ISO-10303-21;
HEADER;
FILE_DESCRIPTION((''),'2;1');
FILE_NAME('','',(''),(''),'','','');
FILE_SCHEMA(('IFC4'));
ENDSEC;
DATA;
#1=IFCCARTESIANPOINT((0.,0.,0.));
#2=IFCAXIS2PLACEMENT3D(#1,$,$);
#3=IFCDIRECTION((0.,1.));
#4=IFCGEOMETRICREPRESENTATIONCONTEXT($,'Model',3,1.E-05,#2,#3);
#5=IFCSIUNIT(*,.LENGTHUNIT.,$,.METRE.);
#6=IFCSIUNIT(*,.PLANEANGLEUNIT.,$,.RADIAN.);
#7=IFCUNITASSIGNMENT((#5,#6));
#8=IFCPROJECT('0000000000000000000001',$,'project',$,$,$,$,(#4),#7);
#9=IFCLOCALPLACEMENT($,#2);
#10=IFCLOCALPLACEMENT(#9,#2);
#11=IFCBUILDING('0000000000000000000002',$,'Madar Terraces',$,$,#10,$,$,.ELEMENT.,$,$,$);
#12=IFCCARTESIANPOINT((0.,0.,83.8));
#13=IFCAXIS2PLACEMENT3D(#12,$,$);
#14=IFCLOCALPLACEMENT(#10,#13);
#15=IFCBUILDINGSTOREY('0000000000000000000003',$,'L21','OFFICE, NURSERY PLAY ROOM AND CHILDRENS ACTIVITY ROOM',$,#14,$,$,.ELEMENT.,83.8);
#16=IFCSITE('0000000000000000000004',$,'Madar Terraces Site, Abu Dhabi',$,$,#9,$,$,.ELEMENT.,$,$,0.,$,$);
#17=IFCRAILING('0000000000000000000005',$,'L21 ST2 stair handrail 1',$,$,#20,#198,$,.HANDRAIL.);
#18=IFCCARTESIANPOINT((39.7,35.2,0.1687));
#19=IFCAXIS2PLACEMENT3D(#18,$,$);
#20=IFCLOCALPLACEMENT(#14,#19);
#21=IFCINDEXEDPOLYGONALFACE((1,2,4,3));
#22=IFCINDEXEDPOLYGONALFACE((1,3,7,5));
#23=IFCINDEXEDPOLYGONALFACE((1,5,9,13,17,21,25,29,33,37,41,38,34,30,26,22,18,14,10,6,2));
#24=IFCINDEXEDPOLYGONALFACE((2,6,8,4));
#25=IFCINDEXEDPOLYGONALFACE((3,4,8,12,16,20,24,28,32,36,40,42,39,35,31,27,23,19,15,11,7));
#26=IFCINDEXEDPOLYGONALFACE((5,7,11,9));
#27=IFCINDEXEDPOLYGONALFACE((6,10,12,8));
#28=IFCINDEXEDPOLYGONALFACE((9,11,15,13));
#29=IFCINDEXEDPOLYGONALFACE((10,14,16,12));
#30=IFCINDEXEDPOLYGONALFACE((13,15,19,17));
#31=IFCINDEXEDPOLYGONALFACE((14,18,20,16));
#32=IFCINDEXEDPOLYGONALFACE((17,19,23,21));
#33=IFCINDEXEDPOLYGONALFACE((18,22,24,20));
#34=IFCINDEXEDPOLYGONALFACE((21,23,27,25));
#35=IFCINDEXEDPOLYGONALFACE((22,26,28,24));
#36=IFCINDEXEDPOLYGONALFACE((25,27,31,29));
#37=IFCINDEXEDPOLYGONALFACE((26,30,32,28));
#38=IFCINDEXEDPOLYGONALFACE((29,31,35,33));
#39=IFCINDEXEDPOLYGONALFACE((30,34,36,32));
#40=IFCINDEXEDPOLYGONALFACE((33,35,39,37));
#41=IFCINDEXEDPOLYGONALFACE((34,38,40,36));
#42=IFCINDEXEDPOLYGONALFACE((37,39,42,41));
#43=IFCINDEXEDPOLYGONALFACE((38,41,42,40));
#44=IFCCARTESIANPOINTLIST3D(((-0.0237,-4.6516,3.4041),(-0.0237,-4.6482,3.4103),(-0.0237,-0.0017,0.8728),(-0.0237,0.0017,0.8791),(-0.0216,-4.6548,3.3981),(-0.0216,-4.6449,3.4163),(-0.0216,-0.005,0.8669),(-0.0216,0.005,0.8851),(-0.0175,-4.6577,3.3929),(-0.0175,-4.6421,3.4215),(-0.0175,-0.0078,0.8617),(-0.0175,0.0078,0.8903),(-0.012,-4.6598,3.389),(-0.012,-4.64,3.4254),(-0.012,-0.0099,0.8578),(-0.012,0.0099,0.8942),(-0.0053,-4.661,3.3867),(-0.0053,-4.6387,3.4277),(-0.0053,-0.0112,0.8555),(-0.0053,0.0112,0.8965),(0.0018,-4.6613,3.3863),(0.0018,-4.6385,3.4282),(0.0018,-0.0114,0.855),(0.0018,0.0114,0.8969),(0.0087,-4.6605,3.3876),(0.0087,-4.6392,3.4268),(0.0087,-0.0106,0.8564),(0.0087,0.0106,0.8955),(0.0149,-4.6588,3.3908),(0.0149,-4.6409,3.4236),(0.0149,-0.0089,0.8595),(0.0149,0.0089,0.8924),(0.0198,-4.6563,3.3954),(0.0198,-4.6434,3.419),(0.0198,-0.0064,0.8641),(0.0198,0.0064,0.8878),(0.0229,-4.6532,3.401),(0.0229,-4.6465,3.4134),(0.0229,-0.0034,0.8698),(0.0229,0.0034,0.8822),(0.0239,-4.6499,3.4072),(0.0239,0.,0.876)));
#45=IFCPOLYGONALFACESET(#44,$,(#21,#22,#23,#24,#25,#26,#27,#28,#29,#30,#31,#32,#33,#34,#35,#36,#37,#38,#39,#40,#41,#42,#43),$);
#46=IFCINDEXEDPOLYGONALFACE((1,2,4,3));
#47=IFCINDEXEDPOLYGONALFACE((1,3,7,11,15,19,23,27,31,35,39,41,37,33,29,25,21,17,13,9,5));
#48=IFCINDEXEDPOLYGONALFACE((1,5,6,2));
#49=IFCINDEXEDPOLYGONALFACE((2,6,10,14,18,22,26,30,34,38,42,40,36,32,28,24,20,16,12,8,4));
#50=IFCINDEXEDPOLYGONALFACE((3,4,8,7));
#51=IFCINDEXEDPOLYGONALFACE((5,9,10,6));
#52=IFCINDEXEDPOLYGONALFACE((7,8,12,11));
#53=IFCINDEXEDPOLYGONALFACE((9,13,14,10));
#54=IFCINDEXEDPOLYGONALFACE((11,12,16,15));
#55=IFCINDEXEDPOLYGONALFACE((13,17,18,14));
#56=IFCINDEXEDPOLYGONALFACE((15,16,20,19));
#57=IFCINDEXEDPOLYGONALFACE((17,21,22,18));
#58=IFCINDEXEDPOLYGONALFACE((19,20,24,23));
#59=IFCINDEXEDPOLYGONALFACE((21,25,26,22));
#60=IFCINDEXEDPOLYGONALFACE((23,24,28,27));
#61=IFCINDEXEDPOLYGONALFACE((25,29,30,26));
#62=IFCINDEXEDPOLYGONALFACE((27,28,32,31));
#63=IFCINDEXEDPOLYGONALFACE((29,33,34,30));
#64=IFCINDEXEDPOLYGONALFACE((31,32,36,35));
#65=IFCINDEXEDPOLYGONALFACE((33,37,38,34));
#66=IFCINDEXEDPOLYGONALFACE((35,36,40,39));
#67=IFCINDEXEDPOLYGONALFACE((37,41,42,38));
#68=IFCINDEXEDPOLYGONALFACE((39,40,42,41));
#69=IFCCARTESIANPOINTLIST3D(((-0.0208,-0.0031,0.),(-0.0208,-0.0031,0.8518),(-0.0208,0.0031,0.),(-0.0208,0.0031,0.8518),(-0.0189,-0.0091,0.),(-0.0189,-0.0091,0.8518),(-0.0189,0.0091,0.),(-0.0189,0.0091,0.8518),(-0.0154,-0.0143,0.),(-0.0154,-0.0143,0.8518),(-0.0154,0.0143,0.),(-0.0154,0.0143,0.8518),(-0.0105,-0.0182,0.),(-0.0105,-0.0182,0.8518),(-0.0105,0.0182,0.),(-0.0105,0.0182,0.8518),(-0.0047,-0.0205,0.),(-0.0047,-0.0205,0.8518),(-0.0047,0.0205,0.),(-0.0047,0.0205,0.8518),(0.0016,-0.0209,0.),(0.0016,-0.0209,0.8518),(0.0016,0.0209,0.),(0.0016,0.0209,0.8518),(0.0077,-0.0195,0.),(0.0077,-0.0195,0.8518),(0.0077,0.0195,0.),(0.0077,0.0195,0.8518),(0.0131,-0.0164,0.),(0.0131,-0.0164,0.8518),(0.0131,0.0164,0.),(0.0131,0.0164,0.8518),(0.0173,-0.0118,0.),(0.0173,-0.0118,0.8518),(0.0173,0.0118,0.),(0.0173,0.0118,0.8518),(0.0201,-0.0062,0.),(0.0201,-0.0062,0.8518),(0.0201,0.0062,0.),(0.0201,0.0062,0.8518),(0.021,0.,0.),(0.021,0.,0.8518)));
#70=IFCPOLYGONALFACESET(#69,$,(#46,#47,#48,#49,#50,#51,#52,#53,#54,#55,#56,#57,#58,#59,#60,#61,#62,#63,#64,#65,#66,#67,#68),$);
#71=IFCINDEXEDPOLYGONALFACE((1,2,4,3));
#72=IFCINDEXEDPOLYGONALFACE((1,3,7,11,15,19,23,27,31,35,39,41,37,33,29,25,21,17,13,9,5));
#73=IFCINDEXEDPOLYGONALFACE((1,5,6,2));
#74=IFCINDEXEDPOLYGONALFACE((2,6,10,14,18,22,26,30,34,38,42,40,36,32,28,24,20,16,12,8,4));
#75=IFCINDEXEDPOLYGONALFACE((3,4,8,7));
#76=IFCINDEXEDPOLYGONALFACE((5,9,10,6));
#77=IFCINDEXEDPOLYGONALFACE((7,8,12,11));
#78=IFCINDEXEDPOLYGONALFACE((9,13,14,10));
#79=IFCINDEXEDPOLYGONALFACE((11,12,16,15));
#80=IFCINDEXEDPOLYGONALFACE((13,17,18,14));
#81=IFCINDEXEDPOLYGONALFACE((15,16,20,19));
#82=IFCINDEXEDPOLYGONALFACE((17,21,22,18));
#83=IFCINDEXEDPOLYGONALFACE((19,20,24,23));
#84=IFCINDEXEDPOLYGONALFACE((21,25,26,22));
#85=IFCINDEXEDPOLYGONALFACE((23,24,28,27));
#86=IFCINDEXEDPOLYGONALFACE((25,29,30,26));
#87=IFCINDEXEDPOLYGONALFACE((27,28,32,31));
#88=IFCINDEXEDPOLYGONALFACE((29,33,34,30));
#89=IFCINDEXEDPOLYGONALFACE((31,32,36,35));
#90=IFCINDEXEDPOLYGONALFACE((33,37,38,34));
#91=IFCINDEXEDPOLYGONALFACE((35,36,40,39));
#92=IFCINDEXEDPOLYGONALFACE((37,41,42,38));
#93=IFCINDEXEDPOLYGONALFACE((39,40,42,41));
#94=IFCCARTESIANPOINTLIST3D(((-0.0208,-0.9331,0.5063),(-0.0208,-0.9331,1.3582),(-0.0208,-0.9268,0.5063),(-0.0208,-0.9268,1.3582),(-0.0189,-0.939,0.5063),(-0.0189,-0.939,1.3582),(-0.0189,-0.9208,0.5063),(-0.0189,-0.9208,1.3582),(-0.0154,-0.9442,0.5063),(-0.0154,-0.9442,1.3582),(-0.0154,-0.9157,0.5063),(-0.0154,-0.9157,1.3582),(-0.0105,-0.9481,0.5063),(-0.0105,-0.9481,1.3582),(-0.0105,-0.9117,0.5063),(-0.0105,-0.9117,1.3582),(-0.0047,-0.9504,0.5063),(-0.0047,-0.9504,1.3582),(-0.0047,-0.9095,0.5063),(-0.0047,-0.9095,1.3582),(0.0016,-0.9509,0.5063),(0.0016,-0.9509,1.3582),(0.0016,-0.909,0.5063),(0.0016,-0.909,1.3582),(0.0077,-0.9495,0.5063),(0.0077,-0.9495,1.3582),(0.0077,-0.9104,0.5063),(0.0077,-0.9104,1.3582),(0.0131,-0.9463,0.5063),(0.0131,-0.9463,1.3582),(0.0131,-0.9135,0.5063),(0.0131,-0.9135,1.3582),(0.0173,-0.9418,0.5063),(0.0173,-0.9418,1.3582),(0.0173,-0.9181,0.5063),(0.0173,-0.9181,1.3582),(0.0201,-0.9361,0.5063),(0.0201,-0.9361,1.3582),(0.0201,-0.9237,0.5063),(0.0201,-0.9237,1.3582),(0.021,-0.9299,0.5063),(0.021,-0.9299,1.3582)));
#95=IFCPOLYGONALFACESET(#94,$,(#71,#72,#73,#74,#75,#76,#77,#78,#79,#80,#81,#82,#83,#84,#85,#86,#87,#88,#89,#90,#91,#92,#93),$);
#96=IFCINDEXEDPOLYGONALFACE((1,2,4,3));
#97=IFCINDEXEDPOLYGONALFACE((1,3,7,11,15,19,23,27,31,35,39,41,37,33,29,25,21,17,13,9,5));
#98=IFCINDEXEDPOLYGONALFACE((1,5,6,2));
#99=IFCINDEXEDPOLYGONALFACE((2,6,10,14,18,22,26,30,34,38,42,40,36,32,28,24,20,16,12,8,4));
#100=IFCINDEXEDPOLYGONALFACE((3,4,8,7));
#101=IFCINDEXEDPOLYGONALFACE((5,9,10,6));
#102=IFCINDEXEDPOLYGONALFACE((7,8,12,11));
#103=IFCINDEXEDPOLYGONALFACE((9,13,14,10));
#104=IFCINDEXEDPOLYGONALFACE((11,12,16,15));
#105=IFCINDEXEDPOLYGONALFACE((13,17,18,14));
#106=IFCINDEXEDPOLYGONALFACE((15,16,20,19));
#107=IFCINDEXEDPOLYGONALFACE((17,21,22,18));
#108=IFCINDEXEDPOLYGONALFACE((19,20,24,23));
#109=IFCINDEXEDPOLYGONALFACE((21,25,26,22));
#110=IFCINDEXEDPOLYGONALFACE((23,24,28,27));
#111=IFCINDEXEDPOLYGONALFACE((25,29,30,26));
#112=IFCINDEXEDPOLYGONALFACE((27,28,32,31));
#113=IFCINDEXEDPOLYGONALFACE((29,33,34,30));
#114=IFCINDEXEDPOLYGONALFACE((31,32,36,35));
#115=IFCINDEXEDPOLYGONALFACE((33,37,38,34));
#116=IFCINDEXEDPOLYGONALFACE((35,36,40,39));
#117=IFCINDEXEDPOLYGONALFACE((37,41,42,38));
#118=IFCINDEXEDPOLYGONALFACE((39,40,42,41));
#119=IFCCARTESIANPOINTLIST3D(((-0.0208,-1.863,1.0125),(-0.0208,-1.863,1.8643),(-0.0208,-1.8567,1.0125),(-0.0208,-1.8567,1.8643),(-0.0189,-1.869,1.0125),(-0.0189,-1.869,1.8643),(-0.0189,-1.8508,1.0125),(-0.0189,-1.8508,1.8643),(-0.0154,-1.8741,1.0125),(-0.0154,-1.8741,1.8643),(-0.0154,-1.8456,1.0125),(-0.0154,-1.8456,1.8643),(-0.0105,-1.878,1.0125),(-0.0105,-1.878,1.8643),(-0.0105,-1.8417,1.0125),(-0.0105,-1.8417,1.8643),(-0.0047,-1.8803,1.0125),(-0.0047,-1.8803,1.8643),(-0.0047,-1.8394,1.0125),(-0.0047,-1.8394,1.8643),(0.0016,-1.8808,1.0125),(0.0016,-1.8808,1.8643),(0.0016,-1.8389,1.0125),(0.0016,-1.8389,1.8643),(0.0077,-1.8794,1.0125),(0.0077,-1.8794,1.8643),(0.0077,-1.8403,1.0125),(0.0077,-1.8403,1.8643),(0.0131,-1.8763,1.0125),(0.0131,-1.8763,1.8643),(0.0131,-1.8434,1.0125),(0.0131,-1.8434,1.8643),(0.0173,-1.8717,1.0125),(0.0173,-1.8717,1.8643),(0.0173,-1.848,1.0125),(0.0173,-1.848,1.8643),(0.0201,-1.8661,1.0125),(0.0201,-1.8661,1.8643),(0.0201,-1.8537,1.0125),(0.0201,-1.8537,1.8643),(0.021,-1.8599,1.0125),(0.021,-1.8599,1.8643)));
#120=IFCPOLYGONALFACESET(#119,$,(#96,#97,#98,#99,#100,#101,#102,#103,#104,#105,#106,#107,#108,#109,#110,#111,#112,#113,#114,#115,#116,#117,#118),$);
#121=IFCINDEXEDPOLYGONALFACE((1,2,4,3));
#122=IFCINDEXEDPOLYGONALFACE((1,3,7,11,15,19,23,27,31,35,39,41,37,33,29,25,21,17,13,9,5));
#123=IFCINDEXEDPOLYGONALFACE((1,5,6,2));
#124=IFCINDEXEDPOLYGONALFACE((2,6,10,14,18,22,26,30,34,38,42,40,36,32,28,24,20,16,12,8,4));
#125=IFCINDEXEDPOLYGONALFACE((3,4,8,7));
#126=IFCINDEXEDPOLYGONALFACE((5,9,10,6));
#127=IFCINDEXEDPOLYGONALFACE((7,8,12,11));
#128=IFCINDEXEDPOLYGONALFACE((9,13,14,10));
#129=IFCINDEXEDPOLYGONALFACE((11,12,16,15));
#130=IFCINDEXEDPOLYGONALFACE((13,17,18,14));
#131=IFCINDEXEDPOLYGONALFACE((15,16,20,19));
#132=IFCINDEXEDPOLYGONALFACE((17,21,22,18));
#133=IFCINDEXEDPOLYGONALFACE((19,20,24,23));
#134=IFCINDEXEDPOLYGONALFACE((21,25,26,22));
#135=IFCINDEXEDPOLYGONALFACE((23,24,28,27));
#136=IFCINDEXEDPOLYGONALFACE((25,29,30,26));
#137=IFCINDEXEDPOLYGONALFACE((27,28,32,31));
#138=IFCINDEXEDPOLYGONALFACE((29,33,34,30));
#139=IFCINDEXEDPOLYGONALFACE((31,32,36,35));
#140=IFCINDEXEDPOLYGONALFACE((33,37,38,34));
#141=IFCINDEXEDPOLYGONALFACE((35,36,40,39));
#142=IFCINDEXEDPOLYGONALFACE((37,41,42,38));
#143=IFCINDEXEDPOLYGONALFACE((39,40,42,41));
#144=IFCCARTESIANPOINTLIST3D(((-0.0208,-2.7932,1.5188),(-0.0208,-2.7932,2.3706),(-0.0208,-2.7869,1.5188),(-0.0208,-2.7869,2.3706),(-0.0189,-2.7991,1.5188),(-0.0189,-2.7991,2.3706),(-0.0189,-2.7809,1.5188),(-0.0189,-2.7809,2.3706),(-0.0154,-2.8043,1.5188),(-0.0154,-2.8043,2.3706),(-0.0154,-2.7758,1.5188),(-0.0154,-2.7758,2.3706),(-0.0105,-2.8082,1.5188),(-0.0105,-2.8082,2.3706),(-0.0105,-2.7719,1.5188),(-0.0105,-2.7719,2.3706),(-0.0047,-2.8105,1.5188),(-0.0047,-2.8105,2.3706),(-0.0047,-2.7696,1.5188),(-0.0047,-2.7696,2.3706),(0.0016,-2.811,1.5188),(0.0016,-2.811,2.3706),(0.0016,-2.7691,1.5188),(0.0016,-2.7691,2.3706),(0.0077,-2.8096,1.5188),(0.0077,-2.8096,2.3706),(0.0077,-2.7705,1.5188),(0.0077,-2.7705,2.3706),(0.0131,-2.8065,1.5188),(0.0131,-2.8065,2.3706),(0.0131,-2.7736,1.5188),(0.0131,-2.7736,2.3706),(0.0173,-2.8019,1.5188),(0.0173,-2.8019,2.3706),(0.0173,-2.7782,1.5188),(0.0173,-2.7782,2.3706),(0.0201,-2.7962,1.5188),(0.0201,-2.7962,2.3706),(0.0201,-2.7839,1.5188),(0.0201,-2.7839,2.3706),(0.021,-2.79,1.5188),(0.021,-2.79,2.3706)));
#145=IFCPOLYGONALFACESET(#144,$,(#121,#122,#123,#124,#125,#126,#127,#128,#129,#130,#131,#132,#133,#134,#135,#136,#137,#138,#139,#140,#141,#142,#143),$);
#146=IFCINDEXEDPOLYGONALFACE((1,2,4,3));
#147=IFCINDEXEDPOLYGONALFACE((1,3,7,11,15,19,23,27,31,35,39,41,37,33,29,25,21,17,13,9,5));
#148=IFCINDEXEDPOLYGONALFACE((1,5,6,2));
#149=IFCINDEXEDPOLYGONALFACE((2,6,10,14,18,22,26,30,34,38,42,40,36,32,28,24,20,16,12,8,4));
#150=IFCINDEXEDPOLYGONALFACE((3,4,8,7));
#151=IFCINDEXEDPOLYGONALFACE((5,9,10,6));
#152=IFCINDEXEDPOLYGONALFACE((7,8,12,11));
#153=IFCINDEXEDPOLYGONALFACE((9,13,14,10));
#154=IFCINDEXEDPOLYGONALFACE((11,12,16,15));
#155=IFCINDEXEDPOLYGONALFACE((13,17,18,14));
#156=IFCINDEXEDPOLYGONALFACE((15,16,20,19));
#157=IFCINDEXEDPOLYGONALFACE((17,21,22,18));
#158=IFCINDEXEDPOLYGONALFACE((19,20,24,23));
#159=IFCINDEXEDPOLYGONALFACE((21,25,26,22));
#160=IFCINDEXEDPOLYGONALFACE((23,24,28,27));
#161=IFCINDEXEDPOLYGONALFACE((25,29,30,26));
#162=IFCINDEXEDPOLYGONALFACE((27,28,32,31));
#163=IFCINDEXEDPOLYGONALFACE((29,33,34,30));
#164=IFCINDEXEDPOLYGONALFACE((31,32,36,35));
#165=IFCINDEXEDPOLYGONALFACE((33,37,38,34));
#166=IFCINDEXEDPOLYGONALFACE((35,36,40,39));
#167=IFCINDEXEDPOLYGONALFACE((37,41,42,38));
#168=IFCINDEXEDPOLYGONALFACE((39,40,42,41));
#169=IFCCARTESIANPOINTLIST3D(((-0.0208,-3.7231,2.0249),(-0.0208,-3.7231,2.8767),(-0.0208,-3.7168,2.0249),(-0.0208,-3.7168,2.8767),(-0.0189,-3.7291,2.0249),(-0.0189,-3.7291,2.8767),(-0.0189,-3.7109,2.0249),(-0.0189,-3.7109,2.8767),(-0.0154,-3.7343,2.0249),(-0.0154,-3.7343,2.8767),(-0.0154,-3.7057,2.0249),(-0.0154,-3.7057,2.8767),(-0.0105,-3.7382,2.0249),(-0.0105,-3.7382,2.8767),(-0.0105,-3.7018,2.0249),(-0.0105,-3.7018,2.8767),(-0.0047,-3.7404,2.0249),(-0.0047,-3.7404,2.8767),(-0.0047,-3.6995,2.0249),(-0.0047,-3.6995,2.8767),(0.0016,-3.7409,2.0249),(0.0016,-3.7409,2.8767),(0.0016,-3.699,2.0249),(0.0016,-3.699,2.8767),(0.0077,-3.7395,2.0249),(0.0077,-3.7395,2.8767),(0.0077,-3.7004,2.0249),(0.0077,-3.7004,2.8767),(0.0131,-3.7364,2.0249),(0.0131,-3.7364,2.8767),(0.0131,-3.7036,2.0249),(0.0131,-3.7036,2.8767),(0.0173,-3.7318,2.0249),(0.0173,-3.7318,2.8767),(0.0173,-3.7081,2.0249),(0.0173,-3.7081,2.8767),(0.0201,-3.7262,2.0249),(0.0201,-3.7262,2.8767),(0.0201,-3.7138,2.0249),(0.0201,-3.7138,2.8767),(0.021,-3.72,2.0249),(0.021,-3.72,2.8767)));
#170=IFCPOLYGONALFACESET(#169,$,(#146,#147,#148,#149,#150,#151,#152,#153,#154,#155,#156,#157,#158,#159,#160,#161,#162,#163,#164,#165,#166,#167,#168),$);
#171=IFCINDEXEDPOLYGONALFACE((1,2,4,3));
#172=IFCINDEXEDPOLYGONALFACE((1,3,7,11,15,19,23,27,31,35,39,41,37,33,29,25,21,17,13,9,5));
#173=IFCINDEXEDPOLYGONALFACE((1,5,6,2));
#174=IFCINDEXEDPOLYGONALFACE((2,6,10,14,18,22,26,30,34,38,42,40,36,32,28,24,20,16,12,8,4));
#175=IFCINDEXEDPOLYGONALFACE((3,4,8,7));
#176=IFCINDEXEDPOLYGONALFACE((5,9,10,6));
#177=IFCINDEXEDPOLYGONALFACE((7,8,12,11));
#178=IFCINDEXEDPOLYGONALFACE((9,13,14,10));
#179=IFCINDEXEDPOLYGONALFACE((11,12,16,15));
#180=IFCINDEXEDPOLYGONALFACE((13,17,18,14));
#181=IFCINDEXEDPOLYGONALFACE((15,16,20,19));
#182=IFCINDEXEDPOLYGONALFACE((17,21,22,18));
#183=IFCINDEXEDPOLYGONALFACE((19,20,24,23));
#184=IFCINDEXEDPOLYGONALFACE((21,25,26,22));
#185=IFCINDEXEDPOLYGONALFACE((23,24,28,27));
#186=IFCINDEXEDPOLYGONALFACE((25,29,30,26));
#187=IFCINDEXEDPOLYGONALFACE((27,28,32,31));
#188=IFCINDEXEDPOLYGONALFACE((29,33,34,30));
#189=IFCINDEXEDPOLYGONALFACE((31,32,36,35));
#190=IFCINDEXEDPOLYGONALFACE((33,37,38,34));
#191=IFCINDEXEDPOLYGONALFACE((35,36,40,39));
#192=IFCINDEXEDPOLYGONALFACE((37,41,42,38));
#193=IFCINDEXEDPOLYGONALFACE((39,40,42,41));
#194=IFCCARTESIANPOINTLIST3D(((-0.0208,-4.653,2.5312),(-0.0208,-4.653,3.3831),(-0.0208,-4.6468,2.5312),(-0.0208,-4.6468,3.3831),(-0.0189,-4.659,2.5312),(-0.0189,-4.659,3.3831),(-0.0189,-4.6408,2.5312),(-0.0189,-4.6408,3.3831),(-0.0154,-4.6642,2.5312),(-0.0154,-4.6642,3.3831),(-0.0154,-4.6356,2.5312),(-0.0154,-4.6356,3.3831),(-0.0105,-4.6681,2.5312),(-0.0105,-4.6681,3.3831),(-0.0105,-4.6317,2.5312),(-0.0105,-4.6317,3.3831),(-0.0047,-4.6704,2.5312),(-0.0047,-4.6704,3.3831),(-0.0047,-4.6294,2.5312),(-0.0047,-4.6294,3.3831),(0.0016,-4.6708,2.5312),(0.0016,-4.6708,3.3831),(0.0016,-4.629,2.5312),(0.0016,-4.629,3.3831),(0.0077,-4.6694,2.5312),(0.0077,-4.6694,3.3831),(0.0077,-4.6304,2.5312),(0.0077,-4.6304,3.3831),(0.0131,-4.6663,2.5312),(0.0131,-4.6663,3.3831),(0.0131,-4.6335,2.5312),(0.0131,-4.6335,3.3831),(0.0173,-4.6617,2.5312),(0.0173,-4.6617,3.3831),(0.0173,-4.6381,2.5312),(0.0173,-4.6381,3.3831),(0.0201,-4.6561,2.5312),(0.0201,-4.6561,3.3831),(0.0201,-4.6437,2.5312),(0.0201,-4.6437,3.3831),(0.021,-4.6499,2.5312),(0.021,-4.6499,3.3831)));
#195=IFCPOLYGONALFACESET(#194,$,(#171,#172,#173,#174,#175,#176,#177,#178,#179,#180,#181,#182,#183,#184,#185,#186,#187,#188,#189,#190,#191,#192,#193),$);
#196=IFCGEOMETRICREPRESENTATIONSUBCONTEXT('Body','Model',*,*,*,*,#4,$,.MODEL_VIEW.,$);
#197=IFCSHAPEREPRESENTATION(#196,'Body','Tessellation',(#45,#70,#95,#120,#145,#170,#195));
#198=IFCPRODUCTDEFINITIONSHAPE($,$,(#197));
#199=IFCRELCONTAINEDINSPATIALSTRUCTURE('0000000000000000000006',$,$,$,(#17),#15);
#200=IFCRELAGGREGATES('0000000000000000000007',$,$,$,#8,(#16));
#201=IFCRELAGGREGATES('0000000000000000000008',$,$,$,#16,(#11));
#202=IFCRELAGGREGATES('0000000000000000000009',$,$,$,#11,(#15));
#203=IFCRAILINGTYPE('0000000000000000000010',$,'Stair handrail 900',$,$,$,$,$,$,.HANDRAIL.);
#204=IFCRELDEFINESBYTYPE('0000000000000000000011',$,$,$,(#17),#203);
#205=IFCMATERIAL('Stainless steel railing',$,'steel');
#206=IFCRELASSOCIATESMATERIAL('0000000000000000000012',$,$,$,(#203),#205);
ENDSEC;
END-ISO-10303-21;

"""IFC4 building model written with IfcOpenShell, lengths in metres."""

from ifc_helpers import new_model, si_unit, direction, frame, origin, origin_2d, place, context, subcontext, project, spatial, circle, extrude, material, type_object, element, save


model = new_model("IFC4")

# Units and contexts
model_context = context("Model", 3, precision=1e-05, world=origin(), true_north=direction((0.0, 1.0)))
body_context = subcontext(model_context, "Body", "Model", "MODEL_VIEW")
ifc_project = project(units=[si_unit("LENGTHUNIT", "METRE"), si_unit("PLANEANGLEUNIT", "RADIAN")], contexts=[model_context])

# Site, building, storey
site_placement = place(None, origin())
site = spatial("IfcSite", under=ifc_project, at=site_placement, Name="Madar Terraces Site, Abu Dhabi", CompositionType="ELEMENT", RefElevation=0.0)
building_placement = place(site_placement, origin())
building = spatial("IfcBuilding", under=site, at=building_placement, Name="Madar Terraces", CompositionType="ELEMENT")
storey_placement = place(building_placement, frame((0.0, 0.0, 83.8)))
storey = spatial("IfcBuildingStorey", under=building, at=storey_placement, Name="L21", Description="OFFICE, NURSERY PLAY ROOM AND CHILDRENS ACTIVITY ROOM", CompositionType="ELEMENT", Elevation=83.8)

# Railing
ifc_material_1 = material(Name="Stainless steel railing", Category="steel")
railing_type_1 = type_object("IfcRailingType", Name="Stair handrail 900", PredefinedType="HANDRAIL", material=ifc_material_1)
railing_1_placement = place(storey_placement, frame((39.7, 35.2, 0.1687)))
element("IfcRailing", 1, at=railing_1_placement, inside=storey, type_object=railing_type_1, Name="L21 ST2 stair handrail 1", PredefinedType="HANDRAIL", context=body_context, shape_type="SweptSolid", body=[
    extrude(circle(Radius=0.0239, at=origin_2d()), frame((0.0, 0.0, 0.876), z_axis=(0.0, -0.878297, 0.478115), x_axis=(1.0, 0.0, 0.0)), (0.0, 0.0, 1.0), 5.2942),
    extrude(circle(Radius=0.021, at=origin_2d()), origin(), (0.0, 0.0, 1.0), 0.8518),
    extrude(circle(Radius=0.021, at=origin_2d()), frame((0.0, -0.9299, 0.5063)), (0.0, 0.0, 1.0), 0.8518),
    extrude(circle(Radius=0.021, at=origin_2d()), frame((0.0, -1.8599, 1.0125)), (0.0, 0.0, 1.0), 0.8518),
    extrude(circle(Radius=0.021, at=origin_2d()), frame((0.0, -2.79, 1.5188)), (0.0, 0.0, 1.0), 0.8518),
    extrude(circle(Radius=0.021, at=origin_2d()), frame((0.0, -3.72, 2.0249)), (0.0, 0.0, 1.0), 0.8518),
    extrude(circle(Radius=0.021, at=origin_2d()), frame((0.0, -4.6499, 2.5312)), (0.0, 0.0, 1.0), 0.8518),
])

save(model, "model.ifc")
